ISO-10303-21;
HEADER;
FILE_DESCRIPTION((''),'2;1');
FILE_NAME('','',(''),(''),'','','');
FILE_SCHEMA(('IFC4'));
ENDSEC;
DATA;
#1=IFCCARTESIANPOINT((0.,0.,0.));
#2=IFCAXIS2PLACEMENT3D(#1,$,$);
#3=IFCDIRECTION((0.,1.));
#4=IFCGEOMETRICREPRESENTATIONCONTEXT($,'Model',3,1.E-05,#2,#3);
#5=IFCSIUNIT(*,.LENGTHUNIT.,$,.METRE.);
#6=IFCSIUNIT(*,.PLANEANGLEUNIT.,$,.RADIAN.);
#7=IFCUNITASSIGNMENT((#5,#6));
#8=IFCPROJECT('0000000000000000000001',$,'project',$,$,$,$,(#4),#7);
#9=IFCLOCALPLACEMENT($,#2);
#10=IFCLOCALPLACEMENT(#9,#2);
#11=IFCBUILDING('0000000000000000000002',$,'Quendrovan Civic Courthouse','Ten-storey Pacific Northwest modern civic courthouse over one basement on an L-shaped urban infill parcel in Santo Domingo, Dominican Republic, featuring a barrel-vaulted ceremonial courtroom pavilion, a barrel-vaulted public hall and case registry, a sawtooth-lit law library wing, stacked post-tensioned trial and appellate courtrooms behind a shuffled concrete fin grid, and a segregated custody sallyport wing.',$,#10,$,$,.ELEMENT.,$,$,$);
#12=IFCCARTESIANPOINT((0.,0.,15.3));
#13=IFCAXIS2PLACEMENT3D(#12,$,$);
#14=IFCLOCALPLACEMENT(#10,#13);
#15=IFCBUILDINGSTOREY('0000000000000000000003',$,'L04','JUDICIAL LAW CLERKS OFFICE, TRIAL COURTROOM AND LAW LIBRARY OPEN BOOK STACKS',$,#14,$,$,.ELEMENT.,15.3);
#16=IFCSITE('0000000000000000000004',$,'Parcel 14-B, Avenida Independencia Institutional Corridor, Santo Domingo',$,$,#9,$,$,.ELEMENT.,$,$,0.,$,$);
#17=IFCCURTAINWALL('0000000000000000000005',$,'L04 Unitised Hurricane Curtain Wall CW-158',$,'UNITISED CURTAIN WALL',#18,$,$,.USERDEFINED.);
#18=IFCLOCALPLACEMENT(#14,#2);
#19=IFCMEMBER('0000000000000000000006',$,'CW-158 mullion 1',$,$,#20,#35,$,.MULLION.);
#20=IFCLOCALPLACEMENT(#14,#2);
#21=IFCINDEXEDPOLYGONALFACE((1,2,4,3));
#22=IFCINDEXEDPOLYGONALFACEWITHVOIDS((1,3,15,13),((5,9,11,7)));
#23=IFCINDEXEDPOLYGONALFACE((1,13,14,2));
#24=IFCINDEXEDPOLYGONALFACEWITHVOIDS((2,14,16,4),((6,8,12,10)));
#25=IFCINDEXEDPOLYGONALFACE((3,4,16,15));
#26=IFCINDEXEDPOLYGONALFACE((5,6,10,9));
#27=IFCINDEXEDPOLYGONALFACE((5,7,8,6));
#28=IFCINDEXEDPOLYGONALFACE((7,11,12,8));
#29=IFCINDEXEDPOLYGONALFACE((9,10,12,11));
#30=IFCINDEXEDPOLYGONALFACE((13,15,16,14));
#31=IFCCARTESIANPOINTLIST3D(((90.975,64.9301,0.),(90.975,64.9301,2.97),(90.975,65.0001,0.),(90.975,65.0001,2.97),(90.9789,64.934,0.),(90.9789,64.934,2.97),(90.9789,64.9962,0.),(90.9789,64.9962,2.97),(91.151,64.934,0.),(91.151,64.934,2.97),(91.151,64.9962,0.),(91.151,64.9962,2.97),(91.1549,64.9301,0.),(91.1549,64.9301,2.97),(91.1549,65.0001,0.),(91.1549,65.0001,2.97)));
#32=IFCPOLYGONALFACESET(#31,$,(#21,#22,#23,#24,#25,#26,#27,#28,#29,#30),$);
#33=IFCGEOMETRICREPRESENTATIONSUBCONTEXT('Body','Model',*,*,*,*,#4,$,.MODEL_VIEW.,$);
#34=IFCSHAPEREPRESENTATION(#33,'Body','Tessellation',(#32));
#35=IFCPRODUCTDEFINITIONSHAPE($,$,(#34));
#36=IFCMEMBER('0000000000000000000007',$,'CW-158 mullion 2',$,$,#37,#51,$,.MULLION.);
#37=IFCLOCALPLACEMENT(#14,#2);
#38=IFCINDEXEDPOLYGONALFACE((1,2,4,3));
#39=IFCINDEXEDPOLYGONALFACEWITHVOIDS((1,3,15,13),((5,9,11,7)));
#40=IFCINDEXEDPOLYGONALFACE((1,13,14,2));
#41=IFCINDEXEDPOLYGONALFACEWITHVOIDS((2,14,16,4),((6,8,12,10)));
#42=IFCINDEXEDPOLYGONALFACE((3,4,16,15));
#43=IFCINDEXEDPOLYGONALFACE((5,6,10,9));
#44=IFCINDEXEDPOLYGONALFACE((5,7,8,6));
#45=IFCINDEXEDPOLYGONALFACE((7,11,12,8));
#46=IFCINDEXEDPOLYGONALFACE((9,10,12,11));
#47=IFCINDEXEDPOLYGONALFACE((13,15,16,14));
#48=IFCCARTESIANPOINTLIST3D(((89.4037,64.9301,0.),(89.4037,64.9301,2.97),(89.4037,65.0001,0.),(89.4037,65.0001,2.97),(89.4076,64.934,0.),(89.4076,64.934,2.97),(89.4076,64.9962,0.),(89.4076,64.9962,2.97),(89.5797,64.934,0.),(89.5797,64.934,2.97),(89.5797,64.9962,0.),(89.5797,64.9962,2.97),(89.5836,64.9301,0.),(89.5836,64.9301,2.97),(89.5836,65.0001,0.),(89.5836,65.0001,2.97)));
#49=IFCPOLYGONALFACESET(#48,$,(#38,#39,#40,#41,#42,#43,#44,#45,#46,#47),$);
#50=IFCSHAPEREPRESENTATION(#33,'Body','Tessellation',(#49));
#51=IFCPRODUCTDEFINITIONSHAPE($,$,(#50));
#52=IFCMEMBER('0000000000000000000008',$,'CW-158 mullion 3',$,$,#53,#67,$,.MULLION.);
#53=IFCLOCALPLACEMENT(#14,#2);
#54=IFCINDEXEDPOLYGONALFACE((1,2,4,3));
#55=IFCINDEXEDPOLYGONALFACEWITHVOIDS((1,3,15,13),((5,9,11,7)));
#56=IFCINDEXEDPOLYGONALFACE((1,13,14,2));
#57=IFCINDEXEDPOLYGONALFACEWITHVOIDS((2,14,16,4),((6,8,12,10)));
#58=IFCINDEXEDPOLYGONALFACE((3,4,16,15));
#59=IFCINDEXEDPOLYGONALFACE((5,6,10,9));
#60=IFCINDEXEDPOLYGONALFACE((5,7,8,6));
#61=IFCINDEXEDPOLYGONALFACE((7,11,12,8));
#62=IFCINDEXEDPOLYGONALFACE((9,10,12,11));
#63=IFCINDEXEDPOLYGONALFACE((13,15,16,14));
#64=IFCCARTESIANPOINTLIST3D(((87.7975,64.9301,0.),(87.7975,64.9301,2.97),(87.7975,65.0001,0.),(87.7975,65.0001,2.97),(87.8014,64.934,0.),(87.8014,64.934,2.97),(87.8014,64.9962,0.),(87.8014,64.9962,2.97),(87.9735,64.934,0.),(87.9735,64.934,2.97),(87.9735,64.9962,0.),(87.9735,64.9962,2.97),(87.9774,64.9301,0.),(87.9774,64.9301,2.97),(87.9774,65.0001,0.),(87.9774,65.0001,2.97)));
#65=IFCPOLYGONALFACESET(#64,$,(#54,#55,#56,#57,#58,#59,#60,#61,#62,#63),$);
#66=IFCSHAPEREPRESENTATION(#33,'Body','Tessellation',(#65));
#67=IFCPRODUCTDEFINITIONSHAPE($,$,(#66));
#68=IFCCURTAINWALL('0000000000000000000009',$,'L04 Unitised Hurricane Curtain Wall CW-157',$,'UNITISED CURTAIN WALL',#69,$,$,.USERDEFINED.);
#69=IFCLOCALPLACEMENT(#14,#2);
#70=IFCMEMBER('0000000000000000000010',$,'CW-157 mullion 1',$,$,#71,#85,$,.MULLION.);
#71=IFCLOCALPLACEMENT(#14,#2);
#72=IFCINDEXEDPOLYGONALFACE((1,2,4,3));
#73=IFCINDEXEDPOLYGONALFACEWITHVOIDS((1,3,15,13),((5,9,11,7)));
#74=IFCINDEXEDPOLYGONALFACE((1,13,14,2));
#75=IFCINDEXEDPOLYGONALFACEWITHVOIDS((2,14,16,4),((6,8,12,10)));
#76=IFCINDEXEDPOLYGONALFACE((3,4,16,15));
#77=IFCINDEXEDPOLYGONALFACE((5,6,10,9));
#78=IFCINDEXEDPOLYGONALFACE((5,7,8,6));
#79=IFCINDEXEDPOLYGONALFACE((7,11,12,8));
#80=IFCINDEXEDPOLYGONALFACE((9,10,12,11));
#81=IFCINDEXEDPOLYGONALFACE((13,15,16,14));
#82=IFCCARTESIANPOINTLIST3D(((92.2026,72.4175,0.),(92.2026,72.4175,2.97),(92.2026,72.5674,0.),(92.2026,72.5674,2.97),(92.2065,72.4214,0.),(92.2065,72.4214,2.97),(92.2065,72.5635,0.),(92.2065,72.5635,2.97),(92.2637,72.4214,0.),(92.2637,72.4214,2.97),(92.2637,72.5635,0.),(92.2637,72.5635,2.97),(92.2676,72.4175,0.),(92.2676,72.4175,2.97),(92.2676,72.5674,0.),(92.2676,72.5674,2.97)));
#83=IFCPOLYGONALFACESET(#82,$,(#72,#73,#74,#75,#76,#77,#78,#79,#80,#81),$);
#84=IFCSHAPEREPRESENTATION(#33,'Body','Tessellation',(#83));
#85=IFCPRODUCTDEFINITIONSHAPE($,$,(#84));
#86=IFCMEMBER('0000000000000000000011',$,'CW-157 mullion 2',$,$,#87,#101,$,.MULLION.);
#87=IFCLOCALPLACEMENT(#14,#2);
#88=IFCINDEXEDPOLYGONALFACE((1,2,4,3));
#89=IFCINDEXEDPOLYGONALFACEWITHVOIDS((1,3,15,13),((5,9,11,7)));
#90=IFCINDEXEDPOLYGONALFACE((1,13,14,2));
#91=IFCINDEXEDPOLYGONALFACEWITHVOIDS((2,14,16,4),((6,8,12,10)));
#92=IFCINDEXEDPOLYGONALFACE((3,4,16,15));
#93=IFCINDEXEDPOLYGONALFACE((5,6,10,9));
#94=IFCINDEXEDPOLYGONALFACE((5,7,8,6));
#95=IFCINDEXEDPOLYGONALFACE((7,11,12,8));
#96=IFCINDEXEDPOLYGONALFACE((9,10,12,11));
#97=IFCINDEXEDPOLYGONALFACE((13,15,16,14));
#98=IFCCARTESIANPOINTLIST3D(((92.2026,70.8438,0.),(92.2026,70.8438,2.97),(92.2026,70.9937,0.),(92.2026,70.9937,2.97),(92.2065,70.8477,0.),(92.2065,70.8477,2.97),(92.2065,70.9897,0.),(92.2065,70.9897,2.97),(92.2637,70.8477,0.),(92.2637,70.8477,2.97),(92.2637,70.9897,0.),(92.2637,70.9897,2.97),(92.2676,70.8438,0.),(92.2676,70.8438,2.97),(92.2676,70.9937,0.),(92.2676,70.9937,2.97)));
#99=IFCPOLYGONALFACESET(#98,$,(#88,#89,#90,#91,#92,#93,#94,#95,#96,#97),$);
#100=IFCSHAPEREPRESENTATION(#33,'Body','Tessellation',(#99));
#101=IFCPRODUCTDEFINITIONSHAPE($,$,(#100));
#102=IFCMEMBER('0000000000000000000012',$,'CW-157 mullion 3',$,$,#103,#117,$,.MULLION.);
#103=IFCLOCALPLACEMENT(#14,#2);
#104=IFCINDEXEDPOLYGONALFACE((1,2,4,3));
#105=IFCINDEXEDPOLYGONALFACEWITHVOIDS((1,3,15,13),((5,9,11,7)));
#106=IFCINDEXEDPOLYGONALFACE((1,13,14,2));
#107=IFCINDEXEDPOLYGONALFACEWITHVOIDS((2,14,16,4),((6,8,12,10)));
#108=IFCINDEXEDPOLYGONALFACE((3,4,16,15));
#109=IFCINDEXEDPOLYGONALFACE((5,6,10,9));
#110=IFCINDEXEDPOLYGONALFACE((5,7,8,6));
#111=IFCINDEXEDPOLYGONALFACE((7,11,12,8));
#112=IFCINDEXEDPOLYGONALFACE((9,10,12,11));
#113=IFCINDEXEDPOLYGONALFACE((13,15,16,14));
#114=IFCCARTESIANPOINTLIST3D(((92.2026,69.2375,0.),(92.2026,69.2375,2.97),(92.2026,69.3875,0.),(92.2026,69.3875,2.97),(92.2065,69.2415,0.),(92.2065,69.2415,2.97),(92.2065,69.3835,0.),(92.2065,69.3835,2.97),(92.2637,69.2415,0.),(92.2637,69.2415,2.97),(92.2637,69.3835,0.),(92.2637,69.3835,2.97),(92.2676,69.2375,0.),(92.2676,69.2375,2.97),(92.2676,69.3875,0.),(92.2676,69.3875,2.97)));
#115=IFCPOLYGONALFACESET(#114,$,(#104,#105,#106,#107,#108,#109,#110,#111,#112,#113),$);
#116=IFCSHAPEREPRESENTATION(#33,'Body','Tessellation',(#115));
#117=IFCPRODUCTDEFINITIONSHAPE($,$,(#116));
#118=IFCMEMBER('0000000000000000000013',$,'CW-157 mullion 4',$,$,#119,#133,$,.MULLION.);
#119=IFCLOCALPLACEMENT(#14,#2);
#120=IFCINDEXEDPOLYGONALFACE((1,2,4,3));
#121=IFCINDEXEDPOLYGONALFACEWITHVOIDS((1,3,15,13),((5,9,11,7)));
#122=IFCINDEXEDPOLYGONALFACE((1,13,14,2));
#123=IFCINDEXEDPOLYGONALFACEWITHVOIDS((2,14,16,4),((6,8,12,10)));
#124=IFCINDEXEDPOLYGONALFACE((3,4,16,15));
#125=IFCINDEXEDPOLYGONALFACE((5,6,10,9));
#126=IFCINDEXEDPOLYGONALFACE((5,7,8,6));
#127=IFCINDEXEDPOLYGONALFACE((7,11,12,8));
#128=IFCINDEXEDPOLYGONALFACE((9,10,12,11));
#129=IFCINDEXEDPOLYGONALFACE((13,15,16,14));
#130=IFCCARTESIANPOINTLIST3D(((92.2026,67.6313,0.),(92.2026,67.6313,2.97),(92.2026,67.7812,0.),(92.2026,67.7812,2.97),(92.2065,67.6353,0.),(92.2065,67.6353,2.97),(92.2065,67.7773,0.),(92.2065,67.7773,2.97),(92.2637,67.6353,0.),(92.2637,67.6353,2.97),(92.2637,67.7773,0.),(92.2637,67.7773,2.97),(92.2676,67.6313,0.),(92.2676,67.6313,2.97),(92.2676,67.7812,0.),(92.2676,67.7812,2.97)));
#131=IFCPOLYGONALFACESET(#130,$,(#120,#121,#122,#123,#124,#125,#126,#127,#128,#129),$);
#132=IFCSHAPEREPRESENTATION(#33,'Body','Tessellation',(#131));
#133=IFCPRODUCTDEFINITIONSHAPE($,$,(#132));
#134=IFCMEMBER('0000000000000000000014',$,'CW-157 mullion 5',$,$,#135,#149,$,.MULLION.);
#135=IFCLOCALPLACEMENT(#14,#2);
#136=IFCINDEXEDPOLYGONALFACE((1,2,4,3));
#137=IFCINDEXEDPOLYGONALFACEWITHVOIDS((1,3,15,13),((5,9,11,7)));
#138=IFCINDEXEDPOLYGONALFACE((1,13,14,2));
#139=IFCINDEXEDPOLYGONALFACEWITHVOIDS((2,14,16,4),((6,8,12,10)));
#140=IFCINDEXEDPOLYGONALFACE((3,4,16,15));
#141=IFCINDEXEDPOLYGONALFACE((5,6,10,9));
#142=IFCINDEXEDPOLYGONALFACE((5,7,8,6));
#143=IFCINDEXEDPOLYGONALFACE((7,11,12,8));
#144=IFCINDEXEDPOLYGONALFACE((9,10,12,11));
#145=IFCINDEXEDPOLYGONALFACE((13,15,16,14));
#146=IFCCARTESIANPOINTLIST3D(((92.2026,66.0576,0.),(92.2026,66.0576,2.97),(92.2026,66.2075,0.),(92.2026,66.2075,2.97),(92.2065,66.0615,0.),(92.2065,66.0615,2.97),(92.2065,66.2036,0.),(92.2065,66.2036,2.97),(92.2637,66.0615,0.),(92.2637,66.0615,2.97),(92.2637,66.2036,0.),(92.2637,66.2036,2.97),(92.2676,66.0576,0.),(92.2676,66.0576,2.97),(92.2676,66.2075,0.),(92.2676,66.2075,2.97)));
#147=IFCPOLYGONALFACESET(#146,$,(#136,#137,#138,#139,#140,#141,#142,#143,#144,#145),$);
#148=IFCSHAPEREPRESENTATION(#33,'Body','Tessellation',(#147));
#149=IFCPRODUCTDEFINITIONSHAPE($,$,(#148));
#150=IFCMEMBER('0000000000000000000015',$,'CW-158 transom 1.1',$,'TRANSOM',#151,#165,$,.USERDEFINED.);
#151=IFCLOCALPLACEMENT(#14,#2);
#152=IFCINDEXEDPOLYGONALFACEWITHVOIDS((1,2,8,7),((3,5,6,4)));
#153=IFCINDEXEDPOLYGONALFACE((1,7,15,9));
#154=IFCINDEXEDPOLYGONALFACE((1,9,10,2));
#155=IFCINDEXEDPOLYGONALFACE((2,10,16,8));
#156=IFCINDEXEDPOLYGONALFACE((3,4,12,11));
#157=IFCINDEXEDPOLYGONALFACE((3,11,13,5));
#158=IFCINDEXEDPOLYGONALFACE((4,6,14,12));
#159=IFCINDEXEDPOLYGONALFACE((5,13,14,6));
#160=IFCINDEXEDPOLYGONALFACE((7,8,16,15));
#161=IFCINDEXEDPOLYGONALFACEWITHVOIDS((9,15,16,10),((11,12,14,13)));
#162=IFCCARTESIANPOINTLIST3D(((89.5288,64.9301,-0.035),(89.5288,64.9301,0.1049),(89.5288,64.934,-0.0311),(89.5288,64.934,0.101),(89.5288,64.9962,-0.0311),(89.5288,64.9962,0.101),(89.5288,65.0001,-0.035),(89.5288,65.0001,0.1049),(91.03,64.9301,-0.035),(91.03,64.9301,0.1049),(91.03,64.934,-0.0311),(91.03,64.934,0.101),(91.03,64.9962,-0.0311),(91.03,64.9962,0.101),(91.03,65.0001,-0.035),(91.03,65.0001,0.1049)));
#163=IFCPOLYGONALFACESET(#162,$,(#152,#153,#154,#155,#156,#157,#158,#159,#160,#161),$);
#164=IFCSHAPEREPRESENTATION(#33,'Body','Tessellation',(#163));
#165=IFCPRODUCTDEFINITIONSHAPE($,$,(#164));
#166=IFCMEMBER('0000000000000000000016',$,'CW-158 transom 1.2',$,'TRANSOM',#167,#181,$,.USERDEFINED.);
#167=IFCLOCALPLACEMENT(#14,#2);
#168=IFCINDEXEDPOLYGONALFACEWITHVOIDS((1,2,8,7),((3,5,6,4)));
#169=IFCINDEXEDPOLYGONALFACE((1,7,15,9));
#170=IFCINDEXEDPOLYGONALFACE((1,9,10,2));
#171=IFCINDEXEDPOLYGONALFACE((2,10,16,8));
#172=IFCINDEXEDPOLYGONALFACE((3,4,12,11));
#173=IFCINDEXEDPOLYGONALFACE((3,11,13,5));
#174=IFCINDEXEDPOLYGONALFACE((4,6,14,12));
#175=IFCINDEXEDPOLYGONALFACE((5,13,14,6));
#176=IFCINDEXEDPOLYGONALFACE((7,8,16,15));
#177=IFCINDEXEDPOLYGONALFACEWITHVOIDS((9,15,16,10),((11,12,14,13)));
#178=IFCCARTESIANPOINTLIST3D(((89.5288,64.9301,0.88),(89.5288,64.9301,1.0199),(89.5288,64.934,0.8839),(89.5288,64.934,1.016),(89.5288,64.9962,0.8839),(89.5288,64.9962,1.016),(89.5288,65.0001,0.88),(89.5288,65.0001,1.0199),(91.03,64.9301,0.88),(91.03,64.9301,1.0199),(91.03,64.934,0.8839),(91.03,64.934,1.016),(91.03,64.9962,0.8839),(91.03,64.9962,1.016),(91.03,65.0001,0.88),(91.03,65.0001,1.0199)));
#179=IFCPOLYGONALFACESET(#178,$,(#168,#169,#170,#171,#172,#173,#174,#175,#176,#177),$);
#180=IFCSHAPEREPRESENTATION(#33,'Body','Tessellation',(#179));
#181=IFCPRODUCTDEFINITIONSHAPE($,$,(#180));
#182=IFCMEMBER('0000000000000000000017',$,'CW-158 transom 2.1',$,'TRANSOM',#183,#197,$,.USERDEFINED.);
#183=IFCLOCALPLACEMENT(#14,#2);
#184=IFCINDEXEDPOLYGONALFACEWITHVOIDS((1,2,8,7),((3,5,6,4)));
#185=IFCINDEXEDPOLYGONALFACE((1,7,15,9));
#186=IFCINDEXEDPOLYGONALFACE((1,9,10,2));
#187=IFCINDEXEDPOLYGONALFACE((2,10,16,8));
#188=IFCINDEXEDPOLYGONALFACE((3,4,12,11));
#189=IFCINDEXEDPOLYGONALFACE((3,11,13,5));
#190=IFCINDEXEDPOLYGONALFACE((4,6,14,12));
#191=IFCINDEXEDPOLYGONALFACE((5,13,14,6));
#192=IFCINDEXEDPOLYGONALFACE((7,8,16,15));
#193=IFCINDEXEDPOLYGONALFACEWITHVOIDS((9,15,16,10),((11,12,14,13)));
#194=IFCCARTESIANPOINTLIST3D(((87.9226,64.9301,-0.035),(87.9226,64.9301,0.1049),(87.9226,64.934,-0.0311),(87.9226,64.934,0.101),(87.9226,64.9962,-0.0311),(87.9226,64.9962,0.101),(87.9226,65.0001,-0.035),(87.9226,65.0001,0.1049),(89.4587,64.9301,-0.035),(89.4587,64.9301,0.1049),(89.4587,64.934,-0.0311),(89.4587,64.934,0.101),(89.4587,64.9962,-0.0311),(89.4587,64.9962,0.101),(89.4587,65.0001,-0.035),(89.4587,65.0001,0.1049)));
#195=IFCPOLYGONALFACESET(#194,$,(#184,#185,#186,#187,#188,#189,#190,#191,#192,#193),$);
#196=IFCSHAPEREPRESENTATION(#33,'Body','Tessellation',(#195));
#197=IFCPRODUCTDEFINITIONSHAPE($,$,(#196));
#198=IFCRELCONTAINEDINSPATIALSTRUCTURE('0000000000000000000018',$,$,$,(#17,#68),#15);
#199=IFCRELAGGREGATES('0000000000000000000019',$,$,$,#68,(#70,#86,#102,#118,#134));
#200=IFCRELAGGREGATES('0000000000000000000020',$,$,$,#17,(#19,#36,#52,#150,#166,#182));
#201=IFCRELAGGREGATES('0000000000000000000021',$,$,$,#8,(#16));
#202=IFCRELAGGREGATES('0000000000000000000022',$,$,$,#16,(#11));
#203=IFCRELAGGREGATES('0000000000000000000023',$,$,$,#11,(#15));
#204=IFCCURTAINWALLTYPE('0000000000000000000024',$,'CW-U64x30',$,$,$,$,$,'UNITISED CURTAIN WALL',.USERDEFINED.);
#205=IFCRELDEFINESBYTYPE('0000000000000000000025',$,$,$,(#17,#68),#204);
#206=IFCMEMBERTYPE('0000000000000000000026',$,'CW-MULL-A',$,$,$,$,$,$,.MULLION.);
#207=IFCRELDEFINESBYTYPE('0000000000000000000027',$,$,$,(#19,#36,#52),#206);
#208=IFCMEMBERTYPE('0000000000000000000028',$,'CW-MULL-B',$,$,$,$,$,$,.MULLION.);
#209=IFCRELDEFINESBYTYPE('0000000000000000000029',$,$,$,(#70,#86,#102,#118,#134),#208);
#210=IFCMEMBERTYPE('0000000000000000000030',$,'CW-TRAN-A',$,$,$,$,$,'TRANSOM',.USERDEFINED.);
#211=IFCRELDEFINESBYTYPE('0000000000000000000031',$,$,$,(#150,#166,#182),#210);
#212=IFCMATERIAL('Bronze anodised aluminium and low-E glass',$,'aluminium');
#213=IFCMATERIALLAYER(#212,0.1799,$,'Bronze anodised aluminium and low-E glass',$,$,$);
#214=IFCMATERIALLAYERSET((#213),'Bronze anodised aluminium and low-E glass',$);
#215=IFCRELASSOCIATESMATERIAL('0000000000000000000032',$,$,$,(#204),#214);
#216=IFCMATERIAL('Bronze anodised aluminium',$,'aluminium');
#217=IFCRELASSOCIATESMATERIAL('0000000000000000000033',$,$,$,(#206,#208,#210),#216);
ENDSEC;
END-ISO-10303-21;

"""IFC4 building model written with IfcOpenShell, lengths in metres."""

from ifc_helpers import new_model, si_unit, direction, frame, origin, origin_2d, place, context, subcontext, project, spatial, hollow_rectangle, extrude, material, layer, layer_set, material_profile, profile_set, type_object, element, aggregate, save


model = new_model("IFC4")

# Units and contexts
model_context = context("Model", 3, precision=1e-05, world=origin(), true_north=direction((0.0, 1.0)))
body_context = subcontext(model_context, "Body", "Model", "MODEL_VIEW")
ifc_project = project(units=[si_unit("LENGTHUNIT", "METRE"), si_unit("PLANEANGLEUNIT", "RADIAN")], contexts=[model_context])

# Site, building, storey
site_placement = place(None, origin())
site = spatial("IfcSite", under=ifc_project, at=site_placement, Name="Parcel 14-B, Avenida Independencia Institutional Corridor, Santo Domingo", CompositionType="ELEMENT", RefElevation=0.0)
building_placement = place(site_placement, origin())
building = spatial("IfcBuilding", under=site, at=building_placement, Name="Quendrovan Civic Courthouse", Description="Ten-storey Pacific Northwest modern civic courthouse over one basement on an L-shaped urban infill parcel in Santo Domingo, Dominican Republic, featuring a barrel-vaulted ceremonial courtroom pavilion, a barrel-vaulted public hall and case registry, a sawtooth-lit law library wing, stacked post-tensioned trial and appellate courtrooms behind a shuffled concrete fin grid, and a segregated custody sallyport wing.", CompositionType="ELEMENT")
storey_placement = place(building_placement, frame((0.0, 0.0, 15.3)))
storey = spatial("IfcBuildingStorey", under=building, at=storey_placement, Name="L04", Description="JUDICIAL LAW CLERKS OFFICE, TRIAL COURTROOM AND LAW LIBRARY OPEN BOOK STACKS", CompositionType="ELEMENT", Elevation=15.3)

# Curtain walls, members
ifc_material_1 = material(Name="Bronze anodised aluminium and low-E glass", Category="aluminium")
ifc_layer_1 = layer(ifc_material_1, 0.1799, Name="Bronze anodised aluminium and low-E glass")
ifc_layer_set_1 = layer_set([ifc_layer_1], Name="Bronze anodised aluminium and low-E glass")
curtain_wall_type = type_object("IfcCurtainWallType", Name="CW-U64x30", ElementType="UNITISED CURTAIN WALL", PredefinedType="USERDEFINED", material=ifc_layer_set_1)
curtain_wall_1_placement = place(storey_placement, origin())
curtain_wall_1 = element("IfcCurtainWall", 1, at=curtain_wall_1_placement, inside=storey, type_object=curtain_wall_type, Name="L04 Unitised Hurricane Curtain Wall CW-158", ObjectType="UNITISED CURTAIN WALL", PredefinedType="USERDEFINED")
ifc_material_2 = material(Name="Bronze anodised aluminium", Category="aluminium")
ifc_material_profile_1 = material_profile(ifc_material_2, hollow_rectangle(XDim=0.0701, YDim=0.1799, WallThickness=0.0039, at=origin_2d()), Name="CW-MULL-70x180")
ifc_profile_set_1 = profile_set([ifc_material_profile_1], Name="Bronze anodised aluminium")
member_type_1 = type_object("IfcMemberType", Name="CW-MULL-A", PredefinedType="MULLION", material=ifc_profile_set_1)
member_1_placement = place(storey_placement, frame((91.0649, 64.9651, 0.0), z_axis=(0.0, 0.0, 1.0), x_axis=(0.0, -1.0, 0.0)))
member_1 = element("IfcMember", 2, at=member_1_placement, type_object=member_type_1, Name="CW-158 mullion 1", PredefinedType="MULLION", context=body_context, shape_type="SweptSolid", body=[
    extrude(hollow_rectangle(XDim=0.0701, YDim=0.1799, WallThickness=0.0039, at=origin_2d()), origin(), (0.0, 0.0, 1.0), 2.97),
])
member_2_placement = place(storey_placement, frame((89.4937, 64.9651, 0.0), z_axis=(0.0, 0.0, 1.0), x_axis=(0.0, -1.0, 0.0)))
member_2 = element("IfcMember", 3, at=member_2_placement, type_object=member_type_1, Name="CW-158 mullion 2", PredefinedType="MULLION", context=body_context, shape_type="SweptSolid", body=[
    extrude(hollow_rectangle(XDim=0.0701, YDim=0.1799, WallThickness=0.0039, at=origin_2d()), origin(), (0.0, 0.0, 1.0), 2.97),
])
member_3_placement = place(storey_placement, frame((87.8875, 64.9651, 0.0), z_axis=(0.0, 0.0, 1.0), x_axis=(0.0, -1.0, 0.0)))
member_3 = element("IfcMember", 4, at=member_3_placement, type_object=member_type_1, Name="CW-158 mullion 3", PredefinedType="MULLION", context=body_context, shape_type="SweptSolid", body=[
    extrude(hollow_rectangle(XDim=0.0701, YDim=0.1799, WallThickness=0.0039, at=origin_2d()), origin(), (0.0, 0.0, 1.0), 2.97),
])
curtain_wall_2_placement = place(storey_placement, origin())
curtain_wall_2 = element("IfcCurtainWall", 5, at=curtain_wall_2_placement, inside=storey, type_object=curtain_wall_type, Name="L04 Unitised Hurricane Curtain Wall CW-157", ObjectType="UNITISED CURTAIN WALL", PredefinedType="USERDEFINED")
ifc_material_profile_2 = material_profile(ifc_material_2, hollow_rectangle(XDim=0.0649, YDim=0.1499, WallThickness=0.0039, at=origin_2d()), Name="CW-MULL-65x150")
ifc_profile_set_2 = profile_set([ifc_material_profile_2], Name="Bronze anodised aluminium")
member_type_2 = type_object("IfcMemberType", Name="CW-MULL-B", PredefinedType="MULLION", material=ifc_profile_set_2)
member_4_placement = place(storey_placement, frame((92.2351, 72.4924, 0.0), z_axis=(0.0, 0.0, 1.0), x_axis=(1.0, 0.0, 0.0)))
member_4 = element("IfcMember", 6, at=member_4_placement, type_object=member_type_2, Name="CW-157 mullion 1", PredefinedType="MULLION", context=body_context, shape_type="SweptSolid", body=[
    extrude(hollow_rectangle(XDim=0.0649, YDim=0.1499, WallThickness=0.0039, at=origin_2d()), origin(), (0.0, 0.0, 1.0), 2.97),
])
member_5_placement = place(storey_placement, frame((92.2351, 70.9187, 0.0), z_axis=(0.0, 0.0, 1.0), x_axis=(1.0, 0.0, 0.0)))
member_5 = element("IfcMember", 7, at=member_5_placement, type_object=member_type_2, Name="CW-157 mullion 2", PredefinedType="MULLION", context=body_context, shape_type="SweptSolid", body=[
    extrude(hollow_rectangle(XDim=0.0649, YDim=0.1499, WallThickness=0.0039, at=origin_2d()), origin(), (0.0, 0.0, 1.0), 2.97),
])
member_6_placement = place(storey_placement, frame((92.2351, 69.3125, 0.0), z_axis=(0.0, 0.0, 1.0), x_axis=(1.0, 0.0, 0.0)))
member_6 = element("IfcMember", 8, at=member_6_placement, type_object=member_type_2, Name="CW-157 mullion 3", PredefinedType="MULLION", context=body_context, shape_type="SweptSolid", body=[
    extrude(hollow_rectangle(XDim=0.0649, YDim=0.1499, WallThickness=0.0039, at=origin_2d()), origin(), (0.0, 0.0, 1.0), 2.97),
])
member_7_placement = place(storey_placement, frame((92.2351, 67.7063, 0.0), z_axis=(0.0, 0.0, 1.0), x_axis=(1.0, 0.0, 0.0)))
member_7 = element("IfcMember", 9, at=member_7_placement, type_object=member_type_2, Name="CW-157 mullion 4", PredefinedType="MULLION", context=body_context, shape_type="SweptSolid", body=[
    extrude(hollow_rectangle(XDim=0.0649, YDim=0.1499, WallThickness=0.0039, at=origin_2d()), origin(), (0.0, 0.0, 1.0), 2.97),
])
member_8_placement = place(storey_placement, frame((92.2351, 66.1326, 0.0), z_axis=(0.0, 0.0, 1.0), x_axis=(1.0, 0.0, 0.0)))
member_8 = element("IfcMember", 10, at=member_8_placement, type_object=member_type_2, Name="CW-157 mullion 5", PredefinedType="MULLION", context=body_context, shape_type="SweptSolid", body=[
    extrude(hollow_rectangle(XDim=0.0649, YDim=0.1499, WallThickness=0.0039, at=origin_2d()), origin(), (0.0, 0.0, 1.0), 2.97),
])

# Members
ifc_material_profile_3 = material_profile(ifc_material_2, hollow_rectangle(XDim=0.0701, YDim=0.1399, WallThickness=0.0039, at=origin_2d()), Name="CW-TRAN-70x140")
ifc_profile_set_3 = profile_set([ifc_material_profile_3], Name="Bronze anodised aluminium")
member_type_3 = type_object("IfcMemberType", Name="CW-TRAN-A", ElementType="TRANSOM", PredefinedType="USERDEFINED", material=ifc_profile_set_3)
member_9_placement = place(storey_placement, frame((91.03, 64.9651, 0.0349), z_axis=(-1.0, 0.0, 0.0), x_axis=(0.0, -1.0, 0.0)))
member_9 = element("IfcMember", 11, at=member_9_placement, type_object=member_type_3, Name="CW-158 transom 1.1", ObjectType="TRANSOM", PredefinedType="USERDEFINED", context=body_context, shape_type="SweptSolid", body=[
    extrude(hollow_rectangle(XDim=0.0701, YDim=0.1399, WallThickness=0.0039, at=origin_2d()), origin(), (0.0, 0.0, 1.0), 1.5012),
])
member_10_placement = place(storey_placement, frame((91.03, 64.9651, 0.95), z_axis=(-1.0, 0.0, 0.0), x_axis=(0.0, -1.0, 0.0)))
member_10 = element("IfcMember", 12, at=member_10_placement, type_object=member_type_3, Name="CW-158 transom 1.2", ObjectType="TRANSOM", PredefinedType="USERDEFINED", context=body_context, shape_type="SweptSolid", body=[
    extrude(hollow_rectangle(XDim=0.0701, YDim=0.1399, WallThickness=0.0039, at=origin_2d()), origin(), (0.0, 0.0, 1.0), 1.5012),
])
member_11_placement = place(storey_placement, frame((89.4587, 64.9651, 0.0349), z_axis=(-1.0, 0.0, 0.0), x_axis=(0.0, -1.0, 0.0)))
member_11 = element("IfcMember", 13, at=member_11_placement, type_object=member_type_3, Name="CW-158 transom 2.1", ObjectType="TRANSOM", PredefinedType="USERDEFINED", context=body_context, shape_type="SweptSolid", body=[
    extrude(hollow_rectangle(XDim=0.0701, YDim=0.1399, WallThickness=0.0039, at=origin_2d()), origin(), (0.0, 0.0, 1.0), 1.5361),
])

aggregate(curtain_wall_2, [member_4, member_5, member_6, member_7, member_8])
aggregate(curtain_wall_1, [member_1, member_2, member_3, member_9, member_10, member_11])

save(model, "model.ifc")
